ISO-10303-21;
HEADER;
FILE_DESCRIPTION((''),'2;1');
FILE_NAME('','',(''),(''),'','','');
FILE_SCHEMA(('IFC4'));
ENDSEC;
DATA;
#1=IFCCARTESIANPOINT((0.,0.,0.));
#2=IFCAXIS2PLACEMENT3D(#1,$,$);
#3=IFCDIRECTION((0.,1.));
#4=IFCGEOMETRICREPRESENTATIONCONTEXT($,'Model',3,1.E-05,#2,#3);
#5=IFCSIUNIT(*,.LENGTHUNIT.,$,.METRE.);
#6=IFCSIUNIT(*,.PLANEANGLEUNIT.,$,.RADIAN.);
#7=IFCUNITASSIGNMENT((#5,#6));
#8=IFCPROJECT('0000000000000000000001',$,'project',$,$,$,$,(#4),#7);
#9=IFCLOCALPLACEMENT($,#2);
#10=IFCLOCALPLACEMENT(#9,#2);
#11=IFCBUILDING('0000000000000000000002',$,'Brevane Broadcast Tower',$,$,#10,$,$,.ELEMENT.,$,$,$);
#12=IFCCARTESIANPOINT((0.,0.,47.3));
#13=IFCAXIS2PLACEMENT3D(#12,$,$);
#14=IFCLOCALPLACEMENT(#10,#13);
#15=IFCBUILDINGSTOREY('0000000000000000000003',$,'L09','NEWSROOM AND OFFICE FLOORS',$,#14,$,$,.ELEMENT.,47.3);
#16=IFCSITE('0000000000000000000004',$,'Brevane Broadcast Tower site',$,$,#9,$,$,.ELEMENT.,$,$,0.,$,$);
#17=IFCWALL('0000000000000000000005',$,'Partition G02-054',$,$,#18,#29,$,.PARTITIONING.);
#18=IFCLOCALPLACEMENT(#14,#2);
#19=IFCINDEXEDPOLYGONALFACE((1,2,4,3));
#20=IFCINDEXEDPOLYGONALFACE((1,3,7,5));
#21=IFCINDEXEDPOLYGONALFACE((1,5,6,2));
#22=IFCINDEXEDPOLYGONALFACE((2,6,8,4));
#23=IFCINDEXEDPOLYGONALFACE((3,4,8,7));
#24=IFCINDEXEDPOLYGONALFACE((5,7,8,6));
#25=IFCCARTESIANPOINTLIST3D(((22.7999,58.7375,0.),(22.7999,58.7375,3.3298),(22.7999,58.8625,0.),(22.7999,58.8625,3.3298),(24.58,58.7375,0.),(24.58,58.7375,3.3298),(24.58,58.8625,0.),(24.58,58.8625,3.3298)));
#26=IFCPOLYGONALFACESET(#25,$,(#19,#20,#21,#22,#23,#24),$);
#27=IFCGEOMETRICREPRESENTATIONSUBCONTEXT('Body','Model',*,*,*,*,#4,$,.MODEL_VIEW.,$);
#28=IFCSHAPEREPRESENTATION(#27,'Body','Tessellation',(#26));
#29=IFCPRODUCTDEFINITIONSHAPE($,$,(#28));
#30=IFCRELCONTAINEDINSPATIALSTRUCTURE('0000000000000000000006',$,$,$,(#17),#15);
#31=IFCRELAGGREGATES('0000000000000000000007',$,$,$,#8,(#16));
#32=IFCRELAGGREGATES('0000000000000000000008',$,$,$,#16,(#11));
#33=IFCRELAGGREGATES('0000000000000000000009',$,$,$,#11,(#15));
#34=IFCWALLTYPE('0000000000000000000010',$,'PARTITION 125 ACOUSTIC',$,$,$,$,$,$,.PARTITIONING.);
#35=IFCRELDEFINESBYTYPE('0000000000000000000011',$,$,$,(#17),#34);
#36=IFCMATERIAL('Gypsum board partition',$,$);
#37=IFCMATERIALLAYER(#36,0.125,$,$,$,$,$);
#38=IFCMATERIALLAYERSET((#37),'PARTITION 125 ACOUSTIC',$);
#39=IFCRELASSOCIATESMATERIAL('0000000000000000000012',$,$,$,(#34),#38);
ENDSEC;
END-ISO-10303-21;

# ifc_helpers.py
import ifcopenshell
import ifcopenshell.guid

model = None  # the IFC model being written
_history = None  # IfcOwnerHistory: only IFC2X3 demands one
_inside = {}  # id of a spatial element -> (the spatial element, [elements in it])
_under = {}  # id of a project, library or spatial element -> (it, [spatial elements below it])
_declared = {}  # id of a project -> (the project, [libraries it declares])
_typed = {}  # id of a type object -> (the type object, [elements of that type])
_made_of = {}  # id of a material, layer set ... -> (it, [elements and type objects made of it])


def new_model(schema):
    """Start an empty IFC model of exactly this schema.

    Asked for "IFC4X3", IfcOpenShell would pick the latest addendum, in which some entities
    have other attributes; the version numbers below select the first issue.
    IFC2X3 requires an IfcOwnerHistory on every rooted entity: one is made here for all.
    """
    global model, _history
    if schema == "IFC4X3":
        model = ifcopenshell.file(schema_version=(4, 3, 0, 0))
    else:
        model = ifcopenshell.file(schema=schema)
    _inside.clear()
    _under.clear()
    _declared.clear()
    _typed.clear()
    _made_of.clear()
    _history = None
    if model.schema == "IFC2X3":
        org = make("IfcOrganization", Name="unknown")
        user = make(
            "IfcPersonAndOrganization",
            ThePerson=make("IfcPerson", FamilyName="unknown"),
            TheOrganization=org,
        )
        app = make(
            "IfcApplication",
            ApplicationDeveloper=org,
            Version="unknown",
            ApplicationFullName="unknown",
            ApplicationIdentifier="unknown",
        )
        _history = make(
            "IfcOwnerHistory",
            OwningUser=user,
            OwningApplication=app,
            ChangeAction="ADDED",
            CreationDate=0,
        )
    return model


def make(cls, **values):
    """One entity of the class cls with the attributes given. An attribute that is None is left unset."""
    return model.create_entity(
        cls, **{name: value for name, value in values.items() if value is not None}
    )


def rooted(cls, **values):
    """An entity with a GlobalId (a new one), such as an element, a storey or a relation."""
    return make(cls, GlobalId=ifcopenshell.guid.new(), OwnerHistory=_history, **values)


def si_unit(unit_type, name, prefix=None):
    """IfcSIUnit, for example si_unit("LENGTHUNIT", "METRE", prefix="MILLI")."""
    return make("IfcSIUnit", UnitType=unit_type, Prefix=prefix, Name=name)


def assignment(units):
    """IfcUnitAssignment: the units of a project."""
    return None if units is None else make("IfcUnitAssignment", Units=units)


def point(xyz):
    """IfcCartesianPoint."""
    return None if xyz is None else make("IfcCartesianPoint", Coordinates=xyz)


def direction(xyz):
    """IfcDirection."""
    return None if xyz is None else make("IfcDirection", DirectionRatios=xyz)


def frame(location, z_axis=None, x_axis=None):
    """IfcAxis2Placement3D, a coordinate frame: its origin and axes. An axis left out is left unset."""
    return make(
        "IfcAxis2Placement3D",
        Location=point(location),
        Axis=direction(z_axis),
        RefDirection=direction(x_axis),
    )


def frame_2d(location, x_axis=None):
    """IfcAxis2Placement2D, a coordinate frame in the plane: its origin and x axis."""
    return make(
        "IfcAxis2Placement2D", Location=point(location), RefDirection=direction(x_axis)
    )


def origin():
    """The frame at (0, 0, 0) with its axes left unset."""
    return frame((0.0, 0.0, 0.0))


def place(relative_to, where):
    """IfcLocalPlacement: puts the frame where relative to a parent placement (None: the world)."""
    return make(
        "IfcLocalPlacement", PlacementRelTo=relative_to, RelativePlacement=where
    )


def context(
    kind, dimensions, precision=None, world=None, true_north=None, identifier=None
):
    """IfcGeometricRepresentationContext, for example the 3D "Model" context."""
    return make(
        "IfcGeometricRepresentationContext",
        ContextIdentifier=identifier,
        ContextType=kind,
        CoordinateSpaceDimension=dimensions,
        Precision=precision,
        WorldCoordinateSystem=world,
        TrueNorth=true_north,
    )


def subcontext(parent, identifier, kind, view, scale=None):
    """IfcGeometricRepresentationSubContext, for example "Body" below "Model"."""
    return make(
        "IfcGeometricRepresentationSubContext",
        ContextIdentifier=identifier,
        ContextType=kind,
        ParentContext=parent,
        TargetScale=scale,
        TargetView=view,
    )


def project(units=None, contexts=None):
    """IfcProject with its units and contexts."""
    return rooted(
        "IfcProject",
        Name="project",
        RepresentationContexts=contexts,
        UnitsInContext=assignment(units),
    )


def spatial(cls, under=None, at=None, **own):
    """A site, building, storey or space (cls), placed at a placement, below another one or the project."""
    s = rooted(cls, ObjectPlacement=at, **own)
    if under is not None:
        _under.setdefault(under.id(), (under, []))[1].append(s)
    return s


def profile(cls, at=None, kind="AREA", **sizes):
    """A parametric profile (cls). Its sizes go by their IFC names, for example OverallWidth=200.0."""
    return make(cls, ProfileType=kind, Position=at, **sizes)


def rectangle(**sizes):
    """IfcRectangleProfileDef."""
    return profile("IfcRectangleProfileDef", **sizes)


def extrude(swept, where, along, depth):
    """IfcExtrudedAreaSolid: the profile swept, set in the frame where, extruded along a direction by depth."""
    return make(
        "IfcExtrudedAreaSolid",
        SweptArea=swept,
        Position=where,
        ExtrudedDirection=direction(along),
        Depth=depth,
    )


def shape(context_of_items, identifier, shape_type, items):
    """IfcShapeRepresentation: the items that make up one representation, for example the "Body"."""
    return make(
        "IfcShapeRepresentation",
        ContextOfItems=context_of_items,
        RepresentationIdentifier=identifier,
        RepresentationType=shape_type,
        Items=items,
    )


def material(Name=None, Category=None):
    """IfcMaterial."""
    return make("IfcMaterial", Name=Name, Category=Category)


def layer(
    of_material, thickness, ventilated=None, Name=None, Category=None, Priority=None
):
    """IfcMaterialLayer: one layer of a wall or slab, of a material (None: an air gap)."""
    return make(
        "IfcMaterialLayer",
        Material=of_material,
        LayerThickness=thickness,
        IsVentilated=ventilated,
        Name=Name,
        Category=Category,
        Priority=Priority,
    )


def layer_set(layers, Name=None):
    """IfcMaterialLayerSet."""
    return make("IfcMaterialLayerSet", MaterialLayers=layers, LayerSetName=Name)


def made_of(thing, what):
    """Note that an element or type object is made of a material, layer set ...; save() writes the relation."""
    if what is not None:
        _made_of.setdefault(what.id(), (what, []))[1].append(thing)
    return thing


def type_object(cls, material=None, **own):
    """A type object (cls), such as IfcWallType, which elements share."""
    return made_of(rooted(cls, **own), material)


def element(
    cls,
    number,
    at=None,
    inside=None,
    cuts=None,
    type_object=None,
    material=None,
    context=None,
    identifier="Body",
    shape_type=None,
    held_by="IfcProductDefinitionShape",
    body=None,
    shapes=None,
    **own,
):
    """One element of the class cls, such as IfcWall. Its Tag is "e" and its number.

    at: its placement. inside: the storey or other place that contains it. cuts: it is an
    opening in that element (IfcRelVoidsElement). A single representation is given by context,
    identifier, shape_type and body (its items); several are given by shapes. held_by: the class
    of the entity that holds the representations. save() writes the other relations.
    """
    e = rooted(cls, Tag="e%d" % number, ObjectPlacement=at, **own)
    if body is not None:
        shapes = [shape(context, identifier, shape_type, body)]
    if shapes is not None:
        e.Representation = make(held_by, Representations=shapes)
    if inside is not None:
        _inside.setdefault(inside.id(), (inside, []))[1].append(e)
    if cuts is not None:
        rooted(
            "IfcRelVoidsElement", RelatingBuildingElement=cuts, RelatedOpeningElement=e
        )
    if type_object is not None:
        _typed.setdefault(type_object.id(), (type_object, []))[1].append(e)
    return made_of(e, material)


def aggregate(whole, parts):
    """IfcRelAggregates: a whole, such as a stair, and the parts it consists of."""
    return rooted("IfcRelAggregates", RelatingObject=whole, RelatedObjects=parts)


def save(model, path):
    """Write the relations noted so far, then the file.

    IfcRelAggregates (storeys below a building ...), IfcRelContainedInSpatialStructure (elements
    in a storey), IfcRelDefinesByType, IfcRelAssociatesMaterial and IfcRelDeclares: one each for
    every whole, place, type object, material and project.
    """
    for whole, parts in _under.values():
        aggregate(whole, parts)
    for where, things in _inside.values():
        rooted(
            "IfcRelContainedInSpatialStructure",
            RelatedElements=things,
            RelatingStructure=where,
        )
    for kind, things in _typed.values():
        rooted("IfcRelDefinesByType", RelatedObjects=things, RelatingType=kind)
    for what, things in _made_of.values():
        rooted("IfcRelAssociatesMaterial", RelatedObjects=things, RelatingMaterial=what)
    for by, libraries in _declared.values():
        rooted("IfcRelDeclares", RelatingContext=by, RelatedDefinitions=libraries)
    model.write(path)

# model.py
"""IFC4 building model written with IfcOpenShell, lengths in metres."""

from ifc_helpers import new_model, si_unit, direction, frame, frame_2d, origin, place, context, subcontext, project, spatial, rectangle, extrude, material, layer, layer_set, type_object, element, save


model = new_model("IFC4")

# Units and contexts
model_context = context("Model", 3, precision=1e-05, world=origin(), true_north=direction((0.0, 1.0)))
body_context = subcontext(model_context, "Body", "Model", "MODEL_VIEW")
ifc_project = project(units=[si_unit("LENGTHUNIT", "METRE"), si_unit("PLANEANGLEUNIT", "RADIAN")], contexts=[model_context])

# Site, building, storey
site_placement = place(None, origin())
site = spatial("IfcSite", under=ifc_project, at=site_placement, Name="Brevane Broadcast Tower site", CompositionType="ELEMENT", RefElevation=0.0)
building_placement = place(site_placement, origin())
building = spatial("IfcBuilding", under=site, at=building_placement, Name="Brevane Broadcast Tower", CompositionType="ELEMENT")
storey_placement = place(building_placement, frame((0.0, 0.0, 47.3)))
storey = spatial("IfcBuildingStorey", under=building, at=storey_placement, Name="L09", Description="NEWSROOM AND OFFICE FLOORS", CompositionType="ELEMENT", Elevation=47.3)

# Shared definitions
ifc_material_1 = material(Name="Gypsum board partition")

# Wall
ifc_layer_1 = layer(ifc_material_1, 0.125)
ifc_layer_set_1 = layer_set([ifc_layer_1], Name="PARTITION 125 ACOUSTIC")
wall_type_1 = type_object("IfcWallType", Name="PARTITION 125 ACOUSTIC", PredefinedType="PARTITIONING", material=ifc_layer_set_1)
wall_1_placement = place(storey_placement, frame((24.5801, 58.8, 0.0), z_axis=(0.0, 0.0, 1.0), x_axis=(-1.0, 0.0, 0.0)))
element("IfcWall", 1, at=wall_1_placement, inside=storey, type_object=wall_type_1, Name="Partition G02-054", PredefinedType="PARTITIONING", context=body_context, shape_type="SweptSolid", body=[
    extrude(rectangle(XDim=1.78, YDim=0.125, at=frame_2d((0.8901, 0.0))), origin(), (0.0, 0.0, 1.0), 3.3298),
])

save(model, "model.ifc")
